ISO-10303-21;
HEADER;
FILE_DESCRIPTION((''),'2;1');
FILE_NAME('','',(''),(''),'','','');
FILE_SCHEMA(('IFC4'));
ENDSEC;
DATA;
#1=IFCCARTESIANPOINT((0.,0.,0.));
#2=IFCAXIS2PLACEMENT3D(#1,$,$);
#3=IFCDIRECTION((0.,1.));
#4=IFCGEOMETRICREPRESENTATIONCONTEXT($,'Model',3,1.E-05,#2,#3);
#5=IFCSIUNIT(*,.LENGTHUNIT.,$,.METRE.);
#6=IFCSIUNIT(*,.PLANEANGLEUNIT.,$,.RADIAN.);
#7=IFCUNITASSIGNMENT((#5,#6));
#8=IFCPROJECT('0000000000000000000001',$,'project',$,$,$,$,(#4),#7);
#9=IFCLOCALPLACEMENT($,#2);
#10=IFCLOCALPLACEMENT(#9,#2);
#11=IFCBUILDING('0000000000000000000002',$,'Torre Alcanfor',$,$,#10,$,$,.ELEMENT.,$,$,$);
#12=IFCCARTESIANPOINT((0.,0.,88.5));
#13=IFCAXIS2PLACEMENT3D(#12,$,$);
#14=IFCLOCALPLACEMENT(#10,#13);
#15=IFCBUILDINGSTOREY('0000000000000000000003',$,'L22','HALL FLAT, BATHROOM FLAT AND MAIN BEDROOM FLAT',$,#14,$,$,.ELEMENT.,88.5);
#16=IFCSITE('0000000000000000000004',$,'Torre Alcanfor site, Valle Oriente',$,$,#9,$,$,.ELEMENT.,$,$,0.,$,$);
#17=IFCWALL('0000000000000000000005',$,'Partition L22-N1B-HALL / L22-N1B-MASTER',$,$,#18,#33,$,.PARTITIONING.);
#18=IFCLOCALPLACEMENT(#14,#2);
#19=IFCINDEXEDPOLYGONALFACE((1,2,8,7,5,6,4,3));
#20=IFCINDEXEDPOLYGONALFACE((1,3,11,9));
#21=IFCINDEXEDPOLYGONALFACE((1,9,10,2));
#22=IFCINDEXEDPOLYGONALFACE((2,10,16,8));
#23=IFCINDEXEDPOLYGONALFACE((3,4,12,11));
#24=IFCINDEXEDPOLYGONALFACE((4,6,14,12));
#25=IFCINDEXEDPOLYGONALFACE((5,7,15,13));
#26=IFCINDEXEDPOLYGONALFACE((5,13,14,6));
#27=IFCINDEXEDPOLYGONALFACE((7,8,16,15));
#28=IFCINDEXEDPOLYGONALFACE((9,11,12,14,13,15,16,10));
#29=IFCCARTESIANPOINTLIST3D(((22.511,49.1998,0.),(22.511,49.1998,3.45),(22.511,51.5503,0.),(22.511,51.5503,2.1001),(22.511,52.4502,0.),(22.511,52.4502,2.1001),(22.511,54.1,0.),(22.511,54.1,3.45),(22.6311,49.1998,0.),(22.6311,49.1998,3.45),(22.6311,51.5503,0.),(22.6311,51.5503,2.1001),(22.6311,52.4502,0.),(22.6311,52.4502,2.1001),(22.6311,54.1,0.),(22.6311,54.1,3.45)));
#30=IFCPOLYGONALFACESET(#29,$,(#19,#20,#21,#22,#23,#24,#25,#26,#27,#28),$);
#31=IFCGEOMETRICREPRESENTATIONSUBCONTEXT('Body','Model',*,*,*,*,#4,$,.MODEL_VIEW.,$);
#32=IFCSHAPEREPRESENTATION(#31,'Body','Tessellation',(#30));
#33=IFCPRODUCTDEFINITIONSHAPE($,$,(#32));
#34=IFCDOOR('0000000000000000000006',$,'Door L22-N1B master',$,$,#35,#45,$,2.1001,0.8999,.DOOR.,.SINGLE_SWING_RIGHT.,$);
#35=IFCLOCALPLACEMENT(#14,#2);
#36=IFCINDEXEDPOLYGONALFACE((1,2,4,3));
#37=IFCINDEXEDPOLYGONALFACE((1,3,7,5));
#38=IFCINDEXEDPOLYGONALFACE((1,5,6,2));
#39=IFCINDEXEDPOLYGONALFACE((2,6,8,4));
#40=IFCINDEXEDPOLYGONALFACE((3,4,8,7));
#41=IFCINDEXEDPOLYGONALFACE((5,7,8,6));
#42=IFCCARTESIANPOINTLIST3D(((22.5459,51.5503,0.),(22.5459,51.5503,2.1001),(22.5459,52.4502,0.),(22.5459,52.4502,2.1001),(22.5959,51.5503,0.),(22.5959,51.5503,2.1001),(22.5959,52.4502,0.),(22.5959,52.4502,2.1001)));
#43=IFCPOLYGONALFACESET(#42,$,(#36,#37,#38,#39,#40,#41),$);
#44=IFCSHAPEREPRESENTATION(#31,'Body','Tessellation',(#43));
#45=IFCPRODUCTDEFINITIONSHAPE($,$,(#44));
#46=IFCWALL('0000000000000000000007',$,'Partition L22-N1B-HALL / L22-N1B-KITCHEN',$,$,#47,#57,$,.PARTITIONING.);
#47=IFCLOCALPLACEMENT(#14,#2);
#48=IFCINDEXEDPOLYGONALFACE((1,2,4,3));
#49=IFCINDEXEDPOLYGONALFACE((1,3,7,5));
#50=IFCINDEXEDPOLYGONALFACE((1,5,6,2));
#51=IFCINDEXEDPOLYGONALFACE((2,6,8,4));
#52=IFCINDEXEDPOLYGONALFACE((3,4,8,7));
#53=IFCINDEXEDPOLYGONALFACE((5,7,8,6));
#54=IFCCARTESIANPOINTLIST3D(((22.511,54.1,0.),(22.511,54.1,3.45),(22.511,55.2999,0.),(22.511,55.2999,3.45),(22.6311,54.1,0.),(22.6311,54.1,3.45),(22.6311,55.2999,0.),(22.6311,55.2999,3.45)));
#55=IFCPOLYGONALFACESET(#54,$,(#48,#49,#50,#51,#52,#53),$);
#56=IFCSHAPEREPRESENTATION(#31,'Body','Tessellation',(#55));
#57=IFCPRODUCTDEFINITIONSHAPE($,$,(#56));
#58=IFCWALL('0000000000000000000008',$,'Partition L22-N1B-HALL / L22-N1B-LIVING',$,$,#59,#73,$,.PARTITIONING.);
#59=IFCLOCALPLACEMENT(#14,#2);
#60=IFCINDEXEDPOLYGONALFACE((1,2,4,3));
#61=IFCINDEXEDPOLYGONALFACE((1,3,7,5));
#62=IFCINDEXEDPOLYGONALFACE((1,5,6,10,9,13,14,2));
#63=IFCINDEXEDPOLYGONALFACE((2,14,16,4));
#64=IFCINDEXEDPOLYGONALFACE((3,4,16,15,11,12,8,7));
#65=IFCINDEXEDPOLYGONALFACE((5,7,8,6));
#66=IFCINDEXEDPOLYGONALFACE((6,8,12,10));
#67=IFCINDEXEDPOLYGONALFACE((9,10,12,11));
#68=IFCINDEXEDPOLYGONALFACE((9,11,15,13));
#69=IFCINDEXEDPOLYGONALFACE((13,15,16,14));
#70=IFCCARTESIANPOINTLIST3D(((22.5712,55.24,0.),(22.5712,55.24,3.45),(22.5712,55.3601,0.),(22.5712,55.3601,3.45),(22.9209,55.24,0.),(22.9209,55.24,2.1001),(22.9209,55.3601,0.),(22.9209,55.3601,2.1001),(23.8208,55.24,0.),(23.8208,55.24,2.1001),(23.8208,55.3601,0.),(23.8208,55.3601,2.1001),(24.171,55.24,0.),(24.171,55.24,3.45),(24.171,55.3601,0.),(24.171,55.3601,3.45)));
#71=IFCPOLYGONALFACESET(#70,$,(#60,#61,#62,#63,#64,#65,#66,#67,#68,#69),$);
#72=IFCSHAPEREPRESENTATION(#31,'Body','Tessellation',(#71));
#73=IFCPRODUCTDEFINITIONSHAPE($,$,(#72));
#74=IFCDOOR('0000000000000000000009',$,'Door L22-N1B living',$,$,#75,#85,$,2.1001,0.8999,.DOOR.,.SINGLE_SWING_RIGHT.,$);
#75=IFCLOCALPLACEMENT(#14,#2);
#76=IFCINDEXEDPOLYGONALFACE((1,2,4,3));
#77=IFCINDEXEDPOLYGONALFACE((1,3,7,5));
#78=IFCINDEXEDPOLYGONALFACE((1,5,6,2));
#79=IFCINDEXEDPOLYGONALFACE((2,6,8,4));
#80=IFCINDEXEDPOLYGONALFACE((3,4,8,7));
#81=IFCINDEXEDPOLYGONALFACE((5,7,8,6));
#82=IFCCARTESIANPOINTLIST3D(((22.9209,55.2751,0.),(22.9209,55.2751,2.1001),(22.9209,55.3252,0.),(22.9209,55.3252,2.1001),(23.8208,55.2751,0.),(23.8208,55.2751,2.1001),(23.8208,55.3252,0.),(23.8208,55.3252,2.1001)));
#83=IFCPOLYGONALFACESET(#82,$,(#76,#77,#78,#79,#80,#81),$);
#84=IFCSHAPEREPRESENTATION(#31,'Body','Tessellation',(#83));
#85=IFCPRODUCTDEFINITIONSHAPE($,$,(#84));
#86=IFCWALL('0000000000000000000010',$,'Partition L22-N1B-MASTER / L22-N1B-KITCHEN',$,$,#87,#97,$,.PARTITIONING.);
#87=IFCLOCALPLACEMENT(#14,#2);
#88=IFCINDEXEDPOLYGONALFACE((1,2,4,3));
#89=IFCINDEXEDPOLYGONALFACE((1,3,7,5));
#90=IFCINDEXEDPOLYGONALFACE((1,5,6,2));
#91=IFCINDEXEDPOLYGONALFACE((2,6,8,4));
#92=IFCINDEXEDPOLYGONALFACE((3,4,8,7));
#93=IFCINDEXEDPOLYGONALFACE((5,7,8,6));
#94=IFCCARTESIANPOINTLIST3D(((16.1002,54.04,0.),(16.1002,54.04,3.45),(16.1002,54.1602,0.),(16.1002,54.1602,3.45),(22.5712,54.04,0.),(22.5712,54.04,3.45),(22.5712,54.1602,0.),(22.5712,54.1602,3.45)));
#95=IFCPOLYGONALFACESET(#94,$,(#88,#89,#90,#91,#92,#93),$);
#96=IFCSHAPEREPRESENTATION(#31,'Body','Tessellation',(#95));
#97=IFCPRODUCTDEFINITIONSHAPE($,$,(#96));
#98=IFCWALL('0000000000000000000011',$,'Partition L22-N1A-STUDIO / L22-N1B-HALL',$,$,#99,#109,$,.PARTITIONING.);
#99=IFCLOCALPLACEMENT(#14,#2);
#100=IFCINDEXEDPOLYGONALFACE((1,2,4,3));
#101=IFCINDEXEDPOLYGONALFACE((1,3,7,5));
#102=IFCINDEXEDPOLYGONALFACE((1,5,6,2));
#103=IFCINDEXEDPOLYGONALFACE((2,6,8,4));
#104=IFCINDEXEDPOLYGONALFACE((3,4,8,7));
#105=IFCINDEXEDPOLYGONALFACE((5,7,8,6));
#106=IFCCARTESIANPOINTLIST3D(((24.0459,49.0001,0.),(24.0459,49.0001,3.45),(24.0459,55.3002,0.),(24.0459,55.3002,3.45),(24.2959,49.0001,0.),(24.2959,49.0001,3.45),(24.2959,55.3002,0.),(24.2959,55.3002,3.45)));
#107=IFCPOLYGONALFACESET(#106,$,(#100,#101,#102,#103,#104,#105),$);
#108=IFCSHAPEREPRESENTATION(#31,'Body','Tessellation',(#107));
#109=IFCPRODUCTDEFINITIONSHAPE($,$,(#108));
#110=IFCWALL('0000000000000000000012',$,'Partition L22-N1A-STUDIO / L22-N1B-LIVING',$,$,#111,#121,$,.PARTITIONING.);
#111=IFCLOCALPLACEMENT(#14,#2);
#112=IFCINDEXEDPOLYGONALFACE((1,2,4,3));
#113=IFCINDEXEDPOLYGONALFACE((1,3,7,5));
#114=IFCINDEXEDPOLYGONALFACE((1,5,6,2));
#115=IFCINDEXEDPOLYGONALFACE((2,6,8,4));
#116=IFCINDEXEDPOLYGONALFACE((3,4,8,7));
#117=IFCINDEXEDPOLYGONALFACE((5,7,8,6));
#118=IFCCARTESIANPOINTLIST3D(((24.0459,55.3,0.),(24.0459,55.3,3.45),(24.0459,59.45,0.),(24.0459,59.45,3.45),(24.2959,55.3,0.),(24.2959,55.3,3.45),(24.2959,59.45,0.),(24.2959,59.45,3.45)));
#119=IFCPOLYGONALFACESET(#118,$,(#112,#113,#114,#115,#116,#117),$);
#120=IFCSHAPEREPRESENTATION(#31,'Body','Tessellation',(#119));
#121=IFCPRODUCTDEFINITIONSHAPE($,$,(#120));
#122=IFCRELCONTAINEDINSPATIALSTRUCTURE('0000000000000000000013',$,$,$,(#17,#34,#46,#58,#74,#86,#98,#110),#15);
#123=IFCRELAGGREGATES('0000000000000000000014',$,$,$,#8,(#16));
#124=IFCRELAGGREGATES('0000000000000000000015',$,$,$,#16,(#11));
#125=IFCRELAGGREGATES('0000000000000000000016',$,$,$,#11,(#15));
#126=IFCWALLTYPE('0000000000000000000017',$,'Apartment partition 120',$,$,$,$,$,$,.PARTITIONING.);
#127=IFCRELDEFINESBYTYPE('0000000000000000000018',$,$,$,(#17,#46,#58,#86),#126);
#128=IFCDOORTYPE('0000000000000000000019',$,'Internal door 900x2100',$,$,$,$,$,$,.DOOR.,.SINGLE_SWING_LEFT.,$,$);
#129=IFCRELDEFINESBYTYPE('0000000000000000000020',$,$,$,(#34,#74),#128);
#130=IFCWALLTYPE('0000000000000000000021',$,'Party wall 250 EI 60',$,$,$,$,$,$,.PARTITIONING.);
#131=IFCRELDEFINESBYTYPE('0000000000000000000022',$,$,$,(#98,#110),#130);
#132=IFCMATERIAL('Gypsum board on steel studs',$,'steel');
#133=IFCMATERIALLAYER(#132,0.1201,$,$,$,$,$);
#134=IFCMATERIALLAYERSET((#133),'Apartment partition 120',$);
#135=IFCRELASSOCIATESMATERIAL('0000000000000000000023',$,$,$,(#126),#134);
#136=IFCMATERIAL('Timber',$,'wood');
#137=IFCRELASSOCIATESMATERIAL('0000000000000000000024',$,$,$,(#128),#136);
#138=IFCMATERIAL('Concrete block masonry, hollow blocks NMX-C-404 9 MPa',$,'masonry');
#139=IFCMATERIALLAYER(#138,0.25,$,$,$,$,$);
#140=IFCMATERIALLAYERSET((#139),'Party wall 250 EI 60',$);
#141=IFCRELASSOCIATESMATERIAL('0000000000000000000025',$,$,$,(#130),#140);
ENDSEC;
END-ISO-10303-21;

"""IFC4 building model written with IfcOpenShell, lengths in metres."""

from ifc_helpers import new_model, si_unit, direction, frame, frame_2d, origin, place, context, subcontext, project, spatial, rectangle, extrude, material, layer, layer_set, type_object, element, fill, save


model = new_model("IFC4")

# Units and contexts
model_context = context("Model", 3, precision=1e-05, world=origin(), true_north=direction((0.0, 1.0)))
body_context = subcontext(model_context, "Body", "Model", "MODEL_VIEW")
ifc_project = project(units=[si_unit("LENGTHUNIT", "METRE"), si_unit("PLANEANGLEUNIT", "RADIAN")], contexts=[model_context])

# Site, building, storey
site_placement = place(None, origin())
site = spatial("IfcSite", under=ifc_project, at=site_placement, Name="Torre Alcanfor site, Valle Oriente", CompositionType="ELEMENT", RefElevation=0.0)
building_placement = place(site_placement, origin())
building = spatial("IfcBuilding", under=site, at=building_placement, Name="Torre Alcanfor", CompositionType="ELEMENT")
storey_placement = place(building_placement, frame((0.0, 0.0, 88.5)))
storey = spatial("IfcBuildingStorey", under=building, at=storey_placement, Name="L22", Description="HALL FLAT, BATHROOM FLAT AND MAIN BEDROOM FLAT", CompositionType="ELEMENT", Elevation=88.5)

# Wall, opening, door
ifc_material_1 = material(Name="Gypsum board on steel studs", Category="steel")
ifc_layer_1 = layer(ifc_material_1, 0.1201)
ifc_layer_set_1 = layer_set([ifc_layer_1], Name="Apartment partition 120")
wall_type_1 = type_object("IfcWallType", Name="Apartment partition 120", PredefinedType="PARTITIONING", material=ifc_layer_set_1)
wall_1_placement = place(storey_placement, frame((22.571, 54.1001, 0.0), z_axis=(0.0, 0.0, 1.0), x_axis=(0.0, -1.0, 0.0)))
wall_1 = element("IfcWall", 1, at=wall_1_placement, inside=storey, type_object=wall_type_1, Name="Partition L22-N1B-HALL / L22-N1B-MASTER", PredefinedType="PARTITIONING", context=body_context, shape_type="SweptSolid", body=[
    extrude(rectangle(XDim=4.9001, YDim=0.1201, at=frame_2d((2.4502, 0.0))), origin(), (0.0, 0.0, 1.0), 3.45),
])
opening_1_placement = place(wall_1_placement, frame((1.6499, 0.0, 0.0)))
opening_1 = element("IfcOpeningElement", 2, at=opening_1_placement, cuts=wall_1, PredefinedType="OPENING", context=body_context, shape_type="SweptSolid", body=[
    extrude(rectangle(XDim=0.8999, YDim=2.1001, at=frame_2d((0.45, 1.05))), frame((0.0, 0.0701, 0.0), z_axis=(0.0, -1.0, 0.0), x_axis=(1.0, 0.0, 0.0)), (0.0, 0.0, 1.0), 0.1401),
])
ifc_material_2 = material(Name="Timber", Category="wood")
door_type = type_object("IfcDoorType", Name="Internal door 900x2100", OperationType="SINGLE_SWING_LEFT", PredefinedType="DOOR", material=ifc_material_2)
door_1_placement = place(opening_1_placement, frame((0.8999, 0.0, 0.0), z_axis=(0.0, 0.0, 1.0), x_axis=(-1.0, 0.0, 0.0)))
door_1 = element("IfcDoor", 3, at=door_1_placement, inside=storey, type_object=door_type, Name="Door L22-N1B master", OperationType="SINGLE_SWING_RIGHT", OverallHeight=2.1001, OverallWidth=0.8999, PredefinedType="DOOR", context=body_context, shape_type="SweptSolid", body=[
    extrude(rectangle(XDim=0.8999, YDim=2.1001, at=frame_2d((0.45, 1.05))), frame((0.0, 0.0251, 0.0), z_axis=(0.0, -1.0, 0.0), x_axis=(1.0, 0.0, 0.0)), (0.0, 0.0, 1.0), 0.05),
])
fill(opening_1, door_1)

# Wall
wall_2_placement = place(storey_placement, frame((22.571, 55.3, 0.0), z_axis=(0.0, 0.0, 1.0), x_axis=(0.0, -1.0, 0.0)))
element("IfcWall", 4, at=wall_2_placement, inside=storey, type_object=wall_type_1, Name="Partition L22-N1B-HALL / L22-N1B-KITCHEN", PredefinedType="PARTITIONING", context=body_context, shape_type="SweptSolid", body=[
    extrude(rectangle(XDim=1.2, YDim=0.1201, at=frame_2d((0.6001, 0.0))), origin(), (0.0, 0.0, 1.0), 3.45),
])

# Wall, opening, door
wall_3_placement = place(storey_placement, frame((24.1709, 55.3, 0.0), z_axis=(0.0, 0.0, 1.0), x_axis=(-1.0, 0.0, 0.0)))
wall_3 = element("IfcWall", 5, at=wall_3_placement, inside=storey, type_object=wall_type_1, Name="Partition L22-N1B-HALL / L22-N1B-LIVING", PredefinedType="PARTITIONING", context=body_context, shape_type="SweptSolid", body=[
    extrude(rectangle(XDim=1.5999, YDim=0.1201, at=frame_2d((0.7998, 0.0))), origin(), (0.0, 0.0, 1.0), 3.45),
])
opening_2_placement = place(wall_3_placement, frame((0.3501, 0.0, 0.0)))
opening_2 = element("IfcOpeningElement", 6, at=opening_2_placement, cuts=wall_3, PredefinedType="OPENING", context=body_context, shape_type="SweptSolid", body=[
    extrude(rectangle(XDim=0.8999, YDim=2.1001, at=frame_2d((0.45, 1.05))), frame((0.0, 0.0701, 0.0), z_axis=(0.0, -1.0, 0.0), x_axis=(1.0, 0.0, 0.0)), (0.0, 0.0, 1.0), 0.1401),
])
door_2_placement = place(opening_2_placement, frame((0.8999, 0.0, 0.0), z_axis=(0.0, 0.0, 1.0), x_axis=(-1.0, 0.0, 0.0)))
door_2 = element("IfcDoor", 7, at=door_2_placement, inside=storey, type_object=door_type, Name="Door L22-N1B living", OperationType="SINGLE_SWING_RIGHT", OverallHeight=2.1001, OverallWidth=0.8999, PredefinedType="DOOR", context=body_context, shape_type="SweptSolid", body=[
    extrude(rectangle(XDim=0.8999, YDim=2.1001, at=frame_2d((0.45, 1.05))), frame((0.0, 0.0251, 0.0), z_axis=(0.0, -1.0, 0.0), x_axis=(1.0, 0.0, 0.0)), (0.0, 0.0, 1.0), 0.05),
])
fill(opening_2, door_2)

# Walls
wall_4_placement = place(storey_placement, frame((22.571, 54.1001, 0.0), z_axis=(0.0, 0.0, 1.0), x_axis=(-1.0, 0.0, 0.0)))
element("IfcWall", 8, at=wall_4_placement, inside=storey, type_object=wall_type_1, Name="Partition L22-N1B-MASTER / L22-N1B-KITCHEN", PredefinedType="PARTITIONING", context=body_context, shape_type="SweptSolid", body=[
    extrude(rectangle(XDim=6.4709, YDim=0.1201, at=frame_2d((3.2354, 0.0))), origin(), (0.0, 0.0, 1.0), 3.45),
])
ifc_material_3 = material(Name="Concrete block masonry, hollow blocks NMX-C-404 9 MPa", Category="masonry")
ifc_layer_2 = layer(ifc_material_3, 0.25)
ifc_layer_set_2 = layer_set([ifc_layer_2], Name="Party wall 250 EI 60")
wall_type_2 = type_object("IfcWallType", Name="Party wall 250 EI 60", PredefinedType="PARTITIONING", material=ifc_layer_set_2)
wall_5_placement = place(storey_placement, frame((24.1709, 55.3, 0.0), z_axis=(0.0, 0.0, 1.0), x_axis=(0.0, -1.0, 0.0)))
element("IfcWall", 9, at=wall_5_placement, inside=storey, type_object=wall_type_2, Name="Partition L22-N1A-STUDIO / L22-N1B-HALL", PredefinedType="PARTITIONING", context=body_context, shape_type="SweptSolid", body=[
    extrude(rectangle(XDim=6.3, YDim=0.25, at=frame_2d((3.1499, 0.0))), origin(), (0.0, 0.0, 1.0), 3.45),
])
wall_6_placement = place(storey_placement, frame((24.1709, 59.45, 0.0), z_axis=(0.0, 0.0, 1.0), x_axis=(0.0, -1.0, 0.0)))
element("IfcWall", 10, at=wall_6_placement, inside=storey, type_object=wall_type_2, Name="Partition L22-N1A-STUDIO / L22-N1B-LIVING", PredefinedType="PARTITIONING", context=body_context, shape_type="SweptSolid", body=[
    extrude(rectangle(XDim=4.1499, YDim=0.25, at=frame_2d((2.075, 0.0))), origin(), (0.0, 0.0, 1.0), 3.45),
])

save(model, "model.ifc")
